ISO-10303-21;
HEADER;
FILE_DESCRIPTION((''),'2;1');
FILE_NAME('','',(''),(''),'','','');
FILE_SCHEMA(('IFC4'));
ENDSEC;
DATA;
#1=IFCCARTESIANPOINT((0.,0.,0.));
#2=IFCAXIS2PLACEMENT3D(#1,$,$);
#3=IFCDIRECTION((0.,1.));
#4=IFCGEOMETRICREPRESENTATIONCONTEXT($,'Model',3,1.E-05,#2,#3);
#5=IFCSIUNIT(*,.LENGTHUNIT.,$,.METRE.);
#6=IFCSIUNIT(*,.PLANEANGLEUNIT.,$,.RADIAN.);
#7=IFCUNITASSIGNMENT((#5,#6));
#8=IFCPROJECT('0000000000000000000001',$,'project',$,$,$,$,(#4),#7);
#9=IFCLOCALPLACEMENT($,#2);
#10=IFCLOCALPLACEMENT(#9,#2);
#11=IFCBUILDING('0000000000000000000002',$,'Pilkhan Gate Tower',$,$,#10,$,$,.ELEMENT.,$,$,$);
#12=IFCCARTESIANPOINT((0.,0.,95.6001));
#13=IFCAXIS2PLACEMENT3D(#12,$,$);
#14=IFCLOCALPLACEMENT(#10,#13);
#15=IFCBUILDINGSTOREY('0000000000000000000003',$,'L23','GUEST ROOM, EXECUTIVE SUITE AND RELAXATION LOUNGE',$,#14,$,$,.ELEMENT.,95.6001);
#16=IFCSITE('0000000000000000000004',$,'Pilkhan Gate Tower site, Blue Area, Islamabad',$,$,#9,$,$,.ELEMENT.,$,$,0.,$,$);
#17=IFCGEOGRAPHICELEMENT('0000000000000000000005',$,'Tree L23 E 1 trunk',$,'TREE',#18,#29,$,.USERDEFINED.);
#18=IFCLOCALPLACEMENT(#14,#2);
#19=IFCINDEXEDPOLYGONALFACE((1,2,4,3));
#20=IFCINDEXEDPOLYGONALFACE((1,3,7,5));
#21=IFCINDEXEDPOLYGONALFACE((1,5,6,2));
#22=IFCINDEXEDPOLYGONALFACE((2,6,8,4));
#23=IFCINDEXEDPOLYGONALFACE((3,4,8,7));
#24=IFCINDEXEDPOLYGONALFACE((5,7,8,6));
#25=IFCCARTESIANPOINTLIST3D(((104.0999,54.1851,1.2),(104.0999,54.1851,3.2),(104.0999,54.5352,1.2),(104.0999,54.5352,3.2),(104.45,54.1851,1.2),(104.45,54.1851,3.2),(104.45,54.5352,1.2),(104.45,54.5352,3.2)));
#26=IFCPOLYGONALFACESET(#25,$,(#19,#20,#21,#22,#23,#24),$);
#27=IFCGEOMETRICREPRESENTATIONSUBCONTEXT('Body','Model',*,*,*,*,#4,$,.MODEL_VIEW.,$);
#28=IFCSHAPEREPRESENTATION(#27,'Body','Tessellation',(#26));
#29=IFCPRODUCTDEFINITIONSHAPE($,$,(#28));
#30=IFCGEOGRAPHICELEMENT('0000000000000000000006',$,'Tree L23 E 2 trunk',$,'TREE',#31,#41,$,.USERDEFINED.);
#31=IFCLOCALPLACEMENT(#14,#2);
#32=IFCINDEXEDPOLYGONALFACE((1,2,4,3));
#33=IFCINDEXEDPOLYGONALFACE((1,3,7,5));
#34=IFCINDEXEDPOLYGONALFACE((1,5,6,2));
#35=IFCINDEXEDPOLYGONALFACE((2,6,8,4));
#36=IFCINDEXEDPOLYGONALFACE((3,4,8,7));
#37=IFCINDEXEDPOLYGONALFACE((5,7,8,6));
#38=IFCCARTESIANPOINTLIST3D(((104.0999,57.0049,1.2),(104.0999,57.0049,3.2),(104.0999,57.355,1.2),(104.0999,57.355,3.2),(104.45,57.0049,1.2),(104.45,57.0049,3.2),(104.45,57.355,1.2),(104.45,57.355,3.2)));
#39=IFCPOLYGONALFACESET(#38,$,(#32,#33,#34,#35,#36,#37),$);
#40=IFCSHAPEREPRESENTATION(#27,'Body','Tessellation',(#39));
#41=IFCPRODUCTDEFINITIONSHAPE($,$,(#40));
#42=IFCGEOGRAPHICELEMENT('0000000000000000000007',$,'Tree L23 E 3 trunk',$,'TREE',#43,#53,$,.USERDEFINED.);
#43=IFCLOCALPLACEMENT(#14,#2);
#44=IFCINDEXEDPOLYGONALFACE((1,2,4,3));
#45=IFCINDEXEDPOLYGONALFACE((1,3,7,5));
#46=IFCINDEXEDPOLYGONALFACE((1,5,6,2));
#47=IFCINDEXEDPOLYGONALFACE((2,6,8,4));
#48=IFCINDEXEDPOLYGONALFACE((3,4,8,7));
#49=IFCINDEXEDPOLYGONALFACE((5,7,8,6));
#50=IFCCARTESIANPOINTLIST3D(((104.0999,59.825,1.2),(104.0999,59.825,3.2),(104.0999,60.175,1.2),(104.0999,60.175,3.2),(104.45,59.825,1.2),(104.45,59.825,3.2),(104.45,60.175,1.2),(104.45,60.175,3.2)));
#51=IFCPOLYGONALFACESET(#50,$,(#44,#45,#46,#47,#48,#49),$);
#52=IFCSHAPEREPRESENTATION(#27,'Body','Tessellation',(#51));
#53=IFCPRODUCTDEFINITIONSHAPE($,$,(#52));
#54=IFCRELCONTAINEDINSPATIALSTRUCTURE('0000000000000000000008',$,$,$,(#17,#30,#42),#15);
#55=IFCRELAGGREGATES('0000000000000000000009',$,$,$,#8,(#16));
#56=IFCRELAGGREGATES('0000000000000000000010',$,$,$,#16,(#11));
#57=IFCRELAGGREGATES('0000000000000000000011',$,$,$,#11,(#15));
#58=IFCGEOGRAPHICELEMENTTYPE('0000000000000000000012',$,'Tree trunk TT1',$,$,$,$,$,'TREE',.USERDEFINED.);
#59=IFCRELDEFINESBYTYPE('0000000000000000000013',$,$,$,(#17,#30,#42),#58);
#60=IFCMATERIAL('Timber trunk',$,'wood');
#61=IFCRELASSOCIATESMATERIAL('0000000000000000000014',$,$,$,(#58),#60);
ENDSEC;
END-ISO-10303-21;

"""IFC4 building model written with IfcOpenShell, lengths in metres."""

from ifc_helpers import new_model, si_unit, direction, frame, origin, origin_2d, place, context, subcontext, project, spatial, rectangle, extrude, material, type_object, element, save


model = new_model("IFC4")

# Units and contexts
model_context = context("Model", 3, precision=1e-05, world=origin(), true_north=direction((0.0, 1.0)))
body_context = subcontext(model_context, "Body", "Model", "MODEL_VIEW")
ifc_project = project(units=[si_unit("LENGTHUNIT", "METRE"), si_unit("PLANEANGLEUNIT", "RADIAN")], contexts=[model_context])

# Site, building, storey
site_placement = place(None, origin())
site = spatial("IfcSite", under=ifc_project, at=site_placement, Name="Pilkhan Gate Tower site, Blue Area, Islamabad", CompositionType="ELEMENT", RefElevation=0.0)
building_placement = place(site_placement, origin())
building = spatial("IfcBuilding", under=site, at=building_placement, Name="Pilkhan Gate Tower", CompositionType="ELEMENT")
storey_placement = place(building_placement, frame((0.0, 0.0, 95.6001)))
storey = spatial("IfcBuildingStorey", under=building, at=storey_placement, Name="L23", Description="GUEST ROOM, EXECUTIVE SUITE AND RELAXATION LOUNGE", CompositionType="ELEMENT", Elevation=95.6001)

# Geographic elements
ifc_material_1 = material(Name="Timber trunk", Category="wood")
geographic_element_type_1 = type_object("IfcGeographicElementType", Name="Tree trunk TT1", ElementType="TREE", PredefinedType="USERDEFINED", material=ifc_material_1)
for number, where, z_axis, x_axis, name in (
    (1, (104.2749, 54.3601, 1.2), (0.0, 0.0, 1.0), (1.0, 0.0, 0.0), "Tree L23 E 1 trunk"),
    (2, (104.2749, 57.1799, 1.2), (0.0, 0.0, 1.0), (1.0, 0.0, 0.0), "Tree L23 E 2 trunk"),
    (3, (104.2749, 60.0, 1.2), (0.0, 0.0, 1.0), (1.0, 0.0, 0.0), "Tree L23 E 3 trunk"),
):
    element("IfcGeographicElement", number, at=place(storey_placement, frame(where, z_axis=z_axis, x_axis=x_axis)), inside=storey, type_object=geographic_element_type_1, Name=name, ObjectType="TREE", PredefinedType="USERDEFINED", context=body_context, shape_type="SweptSolid", body=[
        extrude(rectangle(XDim=0.3501, YDim=0.3501, at=origin_2d()), origin(), (0.0, 0.0, 1.0), 2.0),
    ])

save(model, "model.ifc")
